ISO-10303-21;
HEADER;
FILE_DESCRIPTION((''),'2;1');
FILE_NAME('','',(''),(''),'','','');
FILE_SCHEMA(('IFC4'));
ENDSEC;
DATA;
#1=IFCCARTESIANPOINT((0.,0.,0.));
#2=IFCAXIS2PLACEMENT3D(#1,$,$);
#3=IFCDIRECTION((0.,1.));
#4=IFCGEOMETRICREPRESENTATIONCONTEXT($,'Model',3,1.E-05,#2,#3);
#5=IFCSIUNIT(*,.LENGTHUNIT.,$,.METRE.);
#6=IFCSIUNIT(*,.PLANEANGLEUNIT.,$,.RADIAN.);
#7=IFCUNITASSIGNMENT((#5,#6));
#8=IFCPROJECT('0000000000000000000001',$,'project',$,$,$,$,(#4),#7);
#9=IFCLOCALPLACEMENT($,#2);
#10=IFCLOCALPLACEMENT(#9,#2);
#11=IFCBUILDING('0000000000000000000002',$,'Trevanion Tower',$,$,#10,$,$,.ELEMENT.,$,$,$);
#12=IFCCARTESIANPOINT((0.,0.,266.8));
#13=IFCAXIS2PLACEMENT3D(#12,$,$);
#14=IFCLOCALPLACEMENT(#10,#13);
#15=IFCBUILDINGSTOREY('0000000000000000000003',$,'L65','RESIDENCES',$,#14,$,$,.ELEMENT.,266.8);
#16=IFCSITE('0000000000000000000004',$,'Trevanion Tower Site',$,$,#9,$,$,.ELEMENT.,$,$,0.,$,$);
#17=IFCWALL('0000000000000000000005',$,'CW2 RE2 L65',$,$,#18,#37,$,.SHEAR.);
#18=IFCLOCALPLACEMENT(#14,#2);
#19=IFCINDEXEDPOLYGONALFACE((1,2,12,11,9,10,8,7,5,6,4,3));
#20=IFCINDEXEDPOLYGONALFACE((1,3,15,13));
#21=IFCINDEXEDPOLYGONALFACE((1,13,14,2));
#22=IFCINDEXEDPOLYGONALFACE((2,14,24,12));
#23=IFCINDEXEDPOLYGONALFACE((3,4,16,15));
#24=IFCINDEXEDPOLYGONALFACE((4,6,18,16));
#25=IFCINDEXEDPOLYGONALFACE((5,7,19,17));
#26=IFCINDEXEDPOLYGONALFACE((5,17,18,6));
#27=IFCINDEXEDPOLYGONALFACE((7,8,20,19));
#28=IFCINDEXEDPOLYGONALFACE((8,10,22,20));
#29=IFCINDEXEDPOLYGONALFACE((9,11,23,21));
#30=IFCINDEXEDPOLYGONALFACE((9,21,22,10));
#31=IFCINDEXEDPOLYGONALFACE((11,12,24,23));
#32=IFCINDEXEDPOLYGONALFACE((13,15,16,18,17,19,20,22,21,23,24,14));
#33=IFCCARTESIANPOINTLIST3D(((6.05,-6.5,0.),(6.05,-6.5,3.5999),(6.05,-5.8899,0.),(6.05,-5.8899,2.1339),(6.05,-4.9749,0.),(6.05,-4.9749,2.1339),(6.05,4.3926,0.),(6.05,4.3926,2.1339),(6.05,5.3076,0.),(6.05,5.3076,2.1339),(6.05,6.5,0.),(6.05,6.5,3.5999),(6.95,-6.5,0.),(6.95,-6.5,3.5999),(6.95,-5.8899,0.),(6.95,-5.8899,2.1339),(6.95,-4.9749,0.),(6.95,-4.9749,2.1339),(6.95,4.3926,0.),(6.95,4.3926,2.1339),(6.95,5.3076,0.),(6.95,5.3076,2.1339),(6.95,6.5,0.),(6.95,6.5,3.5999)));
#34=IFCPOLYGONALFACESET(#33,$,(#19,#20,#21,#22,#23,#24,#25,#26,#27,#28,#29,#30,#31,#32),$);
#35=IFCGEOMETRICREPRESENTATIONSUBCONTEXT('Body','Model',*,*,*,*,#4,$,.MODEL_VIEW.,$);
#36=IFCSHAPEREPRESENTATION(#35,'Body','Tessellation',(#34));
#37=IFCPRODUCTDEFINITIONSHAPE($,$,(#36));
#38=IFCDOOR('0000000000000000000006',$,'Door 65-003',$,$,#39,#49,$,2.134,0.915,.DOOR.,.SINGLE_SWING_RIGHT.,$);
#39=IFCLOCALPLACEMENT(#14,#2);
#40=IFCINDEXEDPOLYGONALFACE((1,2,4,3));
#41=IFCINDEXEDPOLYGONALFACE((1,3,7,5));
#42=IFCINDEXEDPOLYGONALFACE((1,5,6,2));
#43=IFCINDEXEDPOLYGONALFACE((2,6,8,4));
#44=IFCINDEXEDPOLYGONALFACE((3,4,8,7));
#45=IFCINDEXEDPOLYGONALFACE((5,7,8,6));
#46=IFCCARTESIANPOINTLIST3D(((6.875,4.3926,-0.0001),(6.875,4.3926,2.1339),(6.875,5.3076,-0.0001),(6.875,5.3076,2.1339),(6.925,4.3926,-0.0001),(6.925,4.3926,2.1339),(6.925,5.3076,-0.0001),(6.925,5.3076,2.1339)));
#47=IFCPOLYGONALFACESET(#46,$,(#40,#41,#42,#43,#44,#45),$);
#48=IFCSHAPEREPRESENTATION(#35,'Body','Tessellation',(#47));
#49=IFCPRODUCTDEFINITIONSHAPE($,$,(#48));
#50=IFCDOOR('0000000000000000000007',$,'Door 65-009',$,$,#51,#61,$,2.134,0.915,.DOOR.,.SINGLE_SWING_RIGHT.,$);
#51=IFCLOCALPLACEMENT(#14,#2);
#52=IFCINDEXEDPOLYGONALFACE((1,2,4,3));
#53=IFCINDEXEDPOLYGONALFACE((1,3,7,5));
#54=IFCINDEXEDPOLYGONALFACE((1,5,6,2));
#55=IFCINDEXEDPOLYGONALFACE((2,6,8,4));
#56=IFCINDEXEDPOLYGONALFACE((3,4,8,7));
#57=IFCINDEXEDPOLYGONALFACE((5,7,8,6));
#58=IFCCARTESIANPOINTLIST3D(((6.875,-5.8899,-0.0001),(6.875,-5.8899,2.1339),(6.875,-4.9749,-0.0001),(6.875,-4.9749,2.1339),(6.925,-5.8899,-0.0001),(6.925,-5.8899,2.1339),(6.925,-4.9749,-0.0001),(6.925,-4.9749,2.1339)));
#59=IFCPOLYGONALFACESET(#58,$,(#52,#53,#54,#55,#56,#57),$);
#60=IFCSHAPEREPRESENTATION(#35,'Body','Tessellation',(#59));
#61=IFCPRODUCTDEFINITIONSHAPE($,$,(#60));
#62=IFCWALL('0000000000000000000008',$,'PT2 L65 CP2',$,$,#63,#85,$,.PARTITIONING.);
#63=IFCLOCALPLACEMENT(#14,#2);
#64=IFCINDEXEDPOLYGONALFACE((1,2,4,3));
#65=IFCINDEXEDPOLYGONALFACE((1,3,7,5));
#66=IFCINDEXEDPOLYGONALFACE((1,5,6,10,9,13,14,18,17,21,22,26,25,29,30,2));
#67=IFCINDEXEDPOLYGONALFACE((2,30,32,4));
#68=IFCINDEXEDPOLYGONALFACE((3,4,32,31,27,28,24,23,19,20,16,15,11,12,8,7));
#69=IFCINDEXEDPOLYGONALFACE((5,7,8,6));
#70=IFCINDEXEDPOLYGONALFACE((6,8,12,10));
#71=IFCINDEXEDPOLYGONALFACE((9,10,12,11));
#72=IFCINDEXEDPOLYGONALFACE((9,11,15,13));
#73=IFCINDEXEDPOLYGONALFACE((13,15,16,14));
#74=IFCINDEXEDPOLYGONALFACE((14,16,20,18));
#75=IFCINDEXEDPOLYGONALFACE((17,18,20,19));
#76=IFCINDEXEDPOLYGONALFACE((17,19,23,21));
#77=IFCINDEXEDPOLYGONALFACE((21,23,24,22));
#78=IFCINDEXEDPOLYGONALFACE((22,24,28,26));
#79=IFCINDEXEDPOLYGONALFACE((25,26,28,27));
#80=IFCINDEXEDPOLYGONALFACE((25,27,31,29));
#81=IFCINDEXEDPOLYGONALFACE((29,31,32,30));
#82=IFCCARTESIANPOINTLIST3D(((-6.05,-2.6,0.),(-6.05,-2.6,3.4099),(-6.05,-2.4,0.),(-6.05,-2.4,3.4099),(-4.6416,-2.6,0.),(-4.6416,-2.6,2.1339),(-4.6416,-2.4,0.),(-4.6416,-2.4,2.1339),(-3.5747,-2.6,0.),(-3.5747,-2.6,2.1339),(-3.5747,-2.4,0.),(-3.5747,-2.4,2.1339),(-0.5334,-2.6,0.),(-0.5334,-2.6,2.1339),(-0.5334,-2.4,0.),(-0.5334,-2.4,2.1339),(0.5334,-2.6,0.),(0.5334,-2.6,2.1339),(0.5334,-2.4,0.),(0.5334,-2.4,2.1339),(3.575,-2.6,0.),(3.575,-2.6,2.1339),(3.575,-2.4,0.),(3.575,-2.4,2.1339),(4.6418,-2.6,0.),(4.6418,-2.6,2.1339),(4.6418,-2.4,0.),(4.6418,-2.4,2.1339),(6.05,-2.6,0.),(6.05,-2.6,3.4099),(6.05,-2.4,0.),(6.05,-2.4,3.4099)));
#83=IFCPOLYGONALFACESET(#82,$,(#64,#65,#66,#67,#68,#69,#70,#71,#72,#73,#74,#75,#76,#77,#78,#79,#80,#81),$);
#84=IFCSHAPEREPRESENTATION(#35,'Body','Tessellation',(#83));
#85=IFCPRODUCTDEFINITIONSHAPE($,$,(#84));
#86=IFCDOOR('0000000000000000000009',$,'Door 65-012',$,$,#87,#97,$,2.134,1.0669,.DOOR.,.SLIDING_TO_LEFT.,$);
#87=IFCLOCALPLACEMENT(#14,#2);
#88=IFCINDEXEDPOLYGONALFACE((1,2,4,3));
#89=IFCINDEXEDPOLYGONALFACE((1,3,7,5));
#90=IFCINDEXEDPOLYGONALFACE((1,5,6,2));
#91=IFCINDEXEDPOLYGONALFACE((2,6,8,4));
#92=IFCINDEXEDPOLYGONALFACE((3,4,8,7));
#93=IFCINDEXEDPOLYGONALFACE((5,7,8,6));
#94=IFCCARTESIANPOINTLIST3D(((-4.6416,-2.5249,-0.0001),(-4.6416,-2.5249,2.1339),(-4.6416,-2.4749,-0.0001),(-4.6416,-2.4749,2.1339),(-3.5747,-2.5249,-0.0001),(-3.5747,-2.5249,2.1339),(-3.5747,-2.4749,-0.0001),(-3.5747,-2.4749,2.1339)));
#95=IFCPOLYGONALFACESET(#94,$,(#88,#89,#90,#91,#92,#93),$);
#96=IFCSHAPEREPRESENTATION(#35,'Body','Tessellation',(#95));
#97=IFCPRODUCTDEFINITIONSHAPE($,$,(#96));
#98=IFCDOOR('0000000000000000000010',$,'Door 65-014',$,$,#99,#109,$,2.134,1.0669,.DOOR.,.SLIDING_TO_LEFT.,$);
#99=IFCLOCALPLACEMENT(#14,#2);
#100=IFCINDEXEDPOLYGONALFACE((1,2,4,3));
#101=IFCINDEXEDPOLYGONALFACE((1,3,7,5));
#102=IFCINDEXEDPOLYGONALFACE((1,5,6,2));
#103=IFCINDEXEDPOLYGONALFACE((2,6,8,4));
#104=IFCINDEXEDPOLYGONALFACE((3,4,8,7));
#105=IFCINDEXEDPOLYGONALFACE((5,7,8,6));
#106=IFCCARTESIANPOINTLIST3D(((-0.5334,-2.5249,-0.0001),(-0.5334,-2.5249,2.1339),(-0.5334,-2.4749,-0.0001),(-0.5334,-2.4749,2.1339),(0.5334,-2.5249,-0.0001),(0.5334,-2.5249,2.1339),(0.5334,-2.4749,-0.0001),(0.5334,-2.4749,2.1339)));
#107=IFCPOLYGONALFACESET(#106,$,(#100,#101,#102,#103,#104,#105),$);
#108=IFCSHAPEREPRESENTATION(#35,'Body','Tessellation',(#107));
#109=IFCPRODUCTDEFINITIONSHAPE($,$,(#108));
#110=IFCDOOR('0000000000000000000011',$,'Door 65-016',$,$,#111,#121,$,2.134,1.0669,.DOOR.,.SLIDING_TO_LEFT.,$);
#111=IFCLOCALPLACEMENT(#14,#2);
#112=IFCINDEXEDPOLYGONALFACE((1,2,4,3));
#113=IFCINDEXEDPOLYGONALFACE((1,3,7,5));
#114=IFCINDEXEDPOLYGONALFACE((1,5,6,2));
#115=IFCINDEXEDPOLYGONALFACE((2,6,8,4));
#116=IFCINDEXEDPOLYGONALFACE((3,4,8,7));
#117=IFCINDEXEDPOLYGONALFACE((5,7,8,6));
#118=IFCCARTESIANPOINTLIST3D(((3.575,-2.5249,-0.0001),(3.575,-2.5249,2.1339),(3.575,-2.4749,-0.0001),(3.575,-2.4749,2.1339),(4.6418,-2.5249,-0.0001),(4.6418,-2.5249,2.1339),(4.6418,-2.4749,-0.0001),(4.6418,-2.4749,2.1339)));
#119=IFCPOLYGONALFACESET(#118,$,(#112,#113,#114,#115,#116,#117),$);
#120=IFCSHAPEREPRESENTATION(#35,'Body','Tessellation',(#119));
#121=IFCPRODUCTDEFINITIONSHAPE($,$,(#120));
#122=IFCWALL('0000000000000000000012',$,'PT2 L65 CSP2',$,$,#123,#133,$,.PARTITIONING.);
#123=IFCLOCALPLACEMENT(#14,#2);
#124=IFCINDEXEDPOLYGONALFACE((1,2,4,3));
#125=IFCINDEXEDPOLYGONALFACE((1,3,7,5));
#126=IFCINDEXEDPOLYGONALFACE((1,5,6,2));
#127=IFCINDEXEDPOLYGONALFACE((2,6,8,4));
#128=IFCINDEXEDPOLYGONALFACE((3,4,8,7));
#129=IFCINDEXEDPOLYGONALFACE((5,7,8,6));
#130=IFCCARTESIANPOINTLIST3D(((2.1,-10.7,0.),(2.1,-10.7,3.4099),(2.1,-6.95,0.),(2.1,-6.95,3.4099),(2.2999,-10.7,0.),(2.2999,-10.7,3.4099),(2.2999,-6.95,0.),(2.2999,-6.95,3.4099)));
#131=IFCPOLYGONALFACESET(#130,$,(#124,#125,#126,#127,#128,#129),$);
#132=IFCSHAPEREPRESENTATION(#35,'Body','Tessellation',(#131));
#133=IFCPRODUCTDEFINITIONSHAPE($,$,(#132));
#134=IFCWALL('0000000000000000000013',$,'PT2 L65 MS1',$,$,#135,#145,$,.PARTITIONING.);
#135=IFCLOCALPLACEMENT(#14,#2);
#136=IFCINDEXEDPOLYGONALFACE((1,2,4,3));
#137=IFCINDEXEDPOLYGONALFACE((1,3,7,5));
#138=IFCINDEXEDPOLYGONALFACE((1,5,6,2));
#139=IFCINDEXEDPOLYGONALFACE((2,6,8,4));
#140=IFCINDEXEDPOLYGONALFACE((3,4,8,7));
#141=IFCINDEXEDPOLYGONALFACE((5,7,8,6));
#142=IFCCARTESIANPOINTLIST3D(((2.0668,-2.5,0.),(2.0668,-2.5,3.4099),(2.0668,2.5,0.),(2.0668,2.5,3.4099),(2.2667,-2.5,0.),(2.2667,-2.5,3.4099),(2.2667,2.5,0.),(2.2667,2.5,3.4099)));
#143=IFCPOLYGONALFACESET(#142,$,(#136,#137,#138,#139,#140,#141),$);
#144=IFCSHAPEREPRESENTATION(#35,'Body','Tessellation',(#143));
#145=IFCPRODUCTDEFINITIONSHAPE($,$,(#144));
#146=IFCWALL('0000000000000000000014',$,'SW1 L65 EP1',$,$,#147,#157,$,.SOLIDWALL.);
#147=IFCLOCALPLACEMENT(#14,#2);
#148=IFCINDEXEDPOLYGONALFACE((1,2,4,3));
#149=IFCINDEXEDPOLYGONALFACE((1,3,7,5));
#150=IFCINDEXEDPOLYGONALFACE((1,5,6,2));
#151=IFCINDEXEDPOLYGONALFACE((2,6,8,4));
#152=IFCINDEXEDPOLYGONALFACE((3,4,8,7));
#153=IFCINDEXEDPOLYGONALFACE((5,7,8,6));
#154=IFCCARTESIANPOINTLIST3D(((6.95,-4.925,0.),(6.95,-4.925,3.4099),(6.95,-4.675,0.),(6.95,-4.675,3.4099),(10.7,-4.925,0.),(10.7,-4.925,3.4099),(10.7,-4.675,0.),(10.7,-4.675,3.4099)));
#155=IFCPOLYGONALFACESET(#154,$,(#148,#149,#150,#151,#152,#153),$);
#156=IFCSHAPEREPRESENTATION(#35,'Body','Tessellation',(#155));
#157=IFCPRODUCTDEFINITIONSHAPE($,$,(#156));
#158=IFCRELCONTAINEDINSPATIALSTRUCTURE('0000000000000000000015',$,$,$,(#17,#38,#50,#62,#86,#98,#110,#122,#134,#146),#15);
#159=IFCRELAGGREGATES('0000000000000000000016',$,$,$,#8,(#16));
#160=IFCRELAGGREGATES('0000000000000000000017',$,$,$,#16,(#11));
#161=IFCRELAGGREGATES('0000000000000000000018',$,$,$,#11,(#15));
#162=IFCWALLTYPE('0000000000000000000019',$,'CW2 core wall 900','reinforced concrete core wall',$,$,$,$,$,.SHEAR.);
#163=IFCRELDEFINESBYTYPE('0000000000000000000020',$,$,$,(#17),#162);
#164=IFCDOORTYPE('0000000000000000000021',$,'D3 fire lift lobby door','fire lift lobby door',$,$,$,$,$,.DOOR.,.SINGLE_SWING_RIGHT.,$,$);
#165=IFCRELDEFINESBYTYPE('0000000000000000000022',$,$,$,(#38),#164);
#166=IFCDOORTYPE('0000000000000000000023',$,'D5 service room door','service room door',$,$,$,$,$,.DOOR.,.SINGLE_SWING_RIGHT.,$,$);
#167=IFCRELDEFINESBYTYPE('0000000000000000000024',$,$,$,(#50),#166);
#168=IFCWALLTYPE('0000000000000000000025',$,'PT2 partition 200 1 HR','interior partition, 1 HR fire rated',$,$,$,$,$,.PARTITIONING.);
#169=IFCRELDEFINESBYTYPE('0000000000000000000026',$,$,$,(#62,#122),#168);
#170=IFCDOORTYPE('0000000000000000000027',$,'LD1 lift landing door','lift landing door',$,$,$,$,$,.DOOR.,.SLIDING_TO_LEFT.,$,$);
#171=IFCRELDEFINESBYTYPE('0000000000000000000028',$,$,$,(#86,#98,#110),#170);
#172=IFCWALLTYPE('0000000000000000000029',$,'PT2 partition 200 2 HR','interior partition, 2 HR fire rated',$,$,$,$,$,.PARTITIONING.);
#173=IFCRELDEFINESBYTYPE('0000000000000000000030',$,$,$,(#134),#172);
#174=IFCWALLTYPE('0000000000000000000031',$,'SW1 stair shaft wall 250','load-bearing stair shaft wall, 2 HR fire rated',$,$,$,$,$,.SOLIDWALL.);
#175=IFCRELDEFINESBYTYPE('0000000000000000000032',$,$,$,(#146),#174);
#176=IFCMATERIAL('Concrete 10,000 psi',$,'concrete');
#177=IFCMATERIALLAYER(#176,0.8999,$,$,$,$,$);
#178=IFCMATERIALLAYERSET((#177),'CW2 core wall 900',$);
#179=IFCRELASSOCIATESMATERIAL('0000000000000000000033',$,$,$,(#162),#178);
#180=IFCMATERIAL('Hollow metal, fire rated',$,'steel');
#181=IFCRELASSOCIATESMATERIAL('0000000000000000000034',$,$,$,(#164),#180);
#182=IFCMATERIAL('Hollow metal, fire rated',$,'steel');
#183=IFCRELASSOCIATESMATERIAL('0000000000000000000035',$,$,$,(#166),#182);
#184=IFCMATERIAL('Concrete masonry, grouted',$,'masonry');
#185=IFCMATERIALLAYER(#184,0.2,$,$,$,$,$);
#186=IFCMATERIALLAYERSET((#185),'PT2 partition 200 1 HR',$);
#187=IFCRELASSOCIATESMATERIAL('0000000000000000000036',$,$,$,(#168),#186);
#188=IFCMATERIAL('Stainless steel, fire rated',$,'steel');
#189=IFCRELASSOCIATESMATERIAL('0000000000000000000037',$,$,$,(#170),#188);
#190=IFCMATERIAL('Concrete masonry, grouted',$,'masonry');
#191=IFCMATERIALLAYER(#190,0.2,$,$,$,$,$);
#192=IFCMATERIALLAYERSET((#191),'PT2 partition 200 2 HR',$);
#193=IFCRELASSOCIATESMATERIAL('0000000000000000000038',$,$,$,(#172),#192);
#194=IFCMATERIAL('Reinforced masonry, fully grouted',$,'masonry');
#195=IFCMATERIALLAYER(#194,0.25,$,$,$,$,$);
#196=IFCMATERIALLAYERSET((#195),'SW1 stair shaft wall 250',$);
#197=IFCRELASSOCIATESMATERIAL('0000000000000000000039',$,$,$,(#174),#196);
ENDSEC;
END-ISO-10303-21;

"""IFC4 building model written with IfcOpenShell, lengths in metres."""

from ifc_helpers import new_model, si_unit, direction, frame, frame_2d, origin, place, context, subcontext, project, spatial, rectangle, extrude, material, layer, layer_set, type_object, element, fill, save


model = new_model("IFC4")

# Units and contexts
model_context = context("Model", 3, precision=1e-05, world=origin(), true_north=direction((0.0, 1.0)))
body_context = subcontext(model_context, "Body", "Model", "MODEL_VIEW")
ifc_project = project(units=[si_unit("LENGTHUNIT", "METRE"), si_unit("PLANEANGLEUNIT", "RADIAN")], contexts=[model_context])

# Site, building, storey
site_placement = place(None, origin())
site = spatial("IfcSite", under=ifc_project, at=site_placement, Name="Trevanion Tower Site", CompositionType="ELEMENT", RefElevation=0.0)
building_placement = place(site_placement, origin())
building = spatial("IfcBuilding", under=site, at=building_placement, Name="Trevanion Tower", CompositionType="ELEMENT")
storey_placement = place(building_placement, frame((0.0, 0.0, 266.8)))
storey = spatial("IfcBuildingStorey", under=building, at=storey_placement, Name="L65", Description="RESIDENCES", CompositionType="ELEMENT", Elevation=266.8)

# Walls, openings, doors
ifc_material_1 = material(Name="Concrete 10,000 psi", Category="concrete")
ifc_layer_1 = layer(ifc_material_1, 0.8999)
ifc_layer_set_1 = layer_set([ifc_layer_1], Name="CW2 core wall 900")
wall_type_1 = type_object("IfcWallType", Name="CW2 core wall 900", Description="reinforced concrete core wall", PredefinedType="SHEAR", material=ifc_layer_set_1)
wall_1_placement = place(storey_placement, frame((6.5, -6.5, 0.0), z_axis=(0.0, 0.0, 1.0), x_axis=(0.0, 1.0, 0.0)))
wall_1 = element("IfcWall", 1, at=wall_1_placement, inside=storey, type_object=wall_type_1, Name="CW2 RE2 L65", PredefinedType="SHEAR", context=body_context, shape_type="SweptSolid", body=[
    extrude(rectangle(XDim=13.0, YDim=0.8999, at=frame_2d((6.5, 0.0))), origin(), (0.0, 0.0, 1.0), 3.5999),
])
opening_1_placement = place(wall_1_placement, frame((10.8926, 0.0, 0.0)))
opening_1 = element("IfcOpeningElement", 2, at=opening_1_placement, cuts=wall_1, PredefinedType="OPENING", context=body_context, shape_type="SweptSolid", body=[
    extrude(rectangle(XDim=0.915, YDim=2.134, at=frame_2d((0.4575, 1.0669))), frame((0.0, 0.46, 0.0), z_axis=(0.0, -1.0, 0.0), x_axis=(1.0, 0.0, 0.0)), (0.0, 0.0, 1.0), 0.9199),
])
opening_2_placement = place(wall_1_placement, frame((0.6101, 0.0, 0.0)))
opening_2 = element("IfcOpeningElement", 3, at=opening_2_placement, cuts=wall_1, PredefinedType="OPENING", context=body_context, shape_type="SweptSolid", body=[
    extrude(rectangle(XDim=0.915, YDim=2.134, at=frame_2d((0.4575, 1.0669))), frame((0.0, 0.46, 0.0), z_axis=(0.0, -1.0, 0.0), x_axis=(1.0, 0.0, 0.0)), (0.0, 0.0, 1.0), 0.9199),
])
ifc_material_2 = material(Name="Hollow metal, fire rated", Category="steel")
door_type_1 = type_object("IfcDoorType", Name="D3 fire lift lobby door", Description="fire lift lobby door", OperationType="SINGLE_SWING_RIGHT", PredefinedType="DOOR", material=ifc_material_2)
door_1_placement = place(opening_1_placement, origin())
door_1 = element("IfcDoor", 4, at=door_1_placement, inside=storey, type_object=door_type_1, Name="Door 65-003", OperationType="SINGLE_SWING_RIGHT", OverallHeight=2.134, OverallWidth=0.915, PredefinedType="DOOR", context=body_context, shape_type="SweptSolid", body=[
    extrude(rectangle(XDim=0.915, YDim=2.134, at=frame_2d((0.4575, 1.0669))), frame((0.0, -0.375, 0.0), z_axis=(0.0, -1.0, 0.0), x_axis=(1.0, 0.0, 0.0)), (0.0, 0.0, 1.0), 0.05),
])
fill(opening_1, door_1)
ifc_material_3 = material(Name="Hollow metal, fire rated", Category="steel")
door_type_2 = type_object("IfcDoorType", Name="D5 service room door", Description="service room door", OperationType="SINGLE_SWING_RIGHT", PredefinedType="DOOR", material=ifc_material_3)
door_2_placement = place(opening_2_placement, origin())
door_2 = element("IfcDoor", 5, at=door_2_placement, inside=storey, type_object=door_type_2, Name="Door 65-009", OperationType="SINGLE_SWING_RIGHT", OverallHeight=2.134, OverallWidth=0.915, PredefinedType="DOOR", context=body_context, shape_type="SweptSolid", body=[
    extrude(rectangle(XDim=0.915, YDim=2.134, at=frame_2d((0.4575, 1.0669))), frame((0.0, -0.375, 0.0), z_axis=(0.0, -1.0, 0.0), x_axis=(1.0, 0.0, 0.0)), (0.0, 0.0, 1.0), 0.05),
])
fill(opening_2, door_2)
ifc_material_4 = material(Name="Concrete masonry, grouted", Category="masonry")
ifc_layer_2 = layer(ifc_material_4, 0.2)
ifc_layer_set_2 = layer_set([ifc_layer_2], Name="PT2 partition 200 1 HR")
wall_type_2 = type_object("IfcWallType", Name="PT2 partition 200 1 HR", Description="interior partition, 1 HR fire rated", PredefinedType="PARTITIONING", material=ifc_layer_set_2)
wall_2_placement = place(storey_placement, frame((6.05, -2.5, 0.0), z_axis=(0.0, 0.0, 1.0), x_axis=(-1.0, 0.0, 0.0)))
wall_2 = element("IfcWall", 6, at=wall_2_placement, inside=storey, type_object=wall_type_2, Name="PT2 L65 CP2", PredefinedType="PARTITIONING", context=body_context, shape_type="SweptSolid", body=[
    extrude(rectangle(XDim=12.1001, YDim=0.2, at=frame_2d((6.05, 0.0))), origin(), (0.0, 0.0, 1.0), 3.4099),
])
opening_3_placement = place(wall_2_placement, frame((9.6248, 0.0, 0.0)))
opening_3 = element("IfcOpeningElement", 7, at=opening_3_placement, cuts=wall_2, PredefinedType="OPENING", context=body_context, shape_type="SweptSolid", body=[
    extrude(rectangle(XDim=1.0669, YDim=2.134, at=frame_2d((0.5334, 1.0669))), frame((0.0, 0.1099, 0.0), z_axis=(0.0, -1.0, 0.0), x_axis=(1.0, 0.0, 0.0)), (0.0, 0.0, 1.0), 0.22),
])
opening_4_placement = place(wall_2_placement, frame((5.5166, 0.0, 0.0)))
opening_4 = element("IfcOpeningElement", 8, at=opening_4_placement, cuts=wall_2, PredefinedType="OPENING", context=body_context, shape_type="SweptSolid", body=[
    extrude(rectangle(XDim=1.0669, YDim=2.134, at=frame_2d((0.5334, 1.0669))), frame((0.0, 0.1099, 0.0), z_axis=(0.0, -1.0, 0.0), x_axis=(1.0, 0.0, 0.0)), (0.0, 0.0, 1.0), 0.22),
])
opening_5_placement = place(wall_2_placement, frame((1.4082, 0.0, 0.0)))
opening_5 = element("IfcOpeningElement", 9, at=opening_5_placement, cuts=wall_2, PredefinedType="OPENING", context=body_context, shape_type="SweptSolid", body=[
    extrude(rectangle(XDim=1.0669, YDim=2.134, at=frame_2d((0.5334, 1.0669))), frame((0.0, 0.1099, 0.0), z_axis=(0.0, -1.0, 0.0), x_axis=(1.0, 0.0, 0.0)), (0.0, 0.0, 1.0), 0.22),
])
ifc_material_5 = material(Name="Stainless steel, fire rated", Category="steel")
door_type_3 = type_object("IfcDoorType", Name="LD1 lift landing door", Description="lift landing door", OperationType="SLIDING_TO_LEFT", PredefinedType="DOOR", material=ifc_material_5)
door_3_placement = place(opening_3_placement, origin())
door_3 = element("IfcDoor", 10, at=door_3_placement, inside=storey, type_object=door_type_3, Name="Door 65-012", OperationType="SLIDING_TO_LEFT", OverallHeight=2.134, OverallWidth=1.0669, PredefinedType="DOOR", context=body_context, shape_type="SweptSolid", body=[
    extrude(rectangle(XDim=1.0669, YDim=2.134, at=frame_2d((0.5334, 1.0669))), frame((0.0, 0.0249, 0.0), z_axis=(0.0, -1.0, 0.0), x_axis=(1.0, 0.0, 0.0)), (0.0, 0.0, 1.0), 0.05),
])
fill(opening_3, door_3)
door_4_placement = place(opening_4_placement, origin())
door_4 = element("IfcDoor", 11, at=door_4_placement, inside=storey, type_object=door_type_3, Name="Door 65-014", OperationType="SLIDING_TO_LEFT", OverallHeight=2.134, OverallWidth=1.0669, PredefinedType="DOOR", context=body_context, shape_type="SweptSolid", body=[
    extrude(rectangle(XDim=1.0669, YDim=2.134, at=frame_2d((0.5334, 1.0669))), frame((0.0, 0.0249, 0.0), z_axis=(0.0, -1.0, 0.0), x_axis=(1.0, 0.0, 0.0)), (0.0, 0.0, 1.0), 0.05),
])
fill(opening_4, door_4)
door_5_placement = place(opening_5_placement, origin())
door_5 = element("IfcDoor", 12, at=door_5_placement, inside=storey, type_object=door_type_3, Name="Door 65-016", OperationType="SLIDING_TO_LEFT", OverallHeight=2.134, OverallWidth=1.0669, PredefinedType="DOOR", context=body_context, shape_type="SweptSolid", body=[
    extrude(rectangle(XDim=1.0669, YDim=2.134, at=frame_2d((0.5334, 1.0669))), frame((0.0, 0.0249, 0.0), z_axis=(0.0, -1.0, 0.0), x_axis=(1.0, 0.0, 0.0)), (0.0, 0.0, 1.0), 0.05),
])
fill(opening_5, door_5)

# Walls
wall_3_placement = place(storey_placement, frame((2.2, -6.95, 0.0), z_axis=(0.0, 0.0, 1.0), x_axis=(0.0, -1.0, 0.0)))
element("IfcWall", 13, at=wall_3_placement, inside=storey, type_object=wall_type_2, Name="PT2 L65 CSP2", PredefinedType="PARTITIONING", context=body_context, shape_type="SweptSolid", body=[
    extrude(rectangle(XDim=3.75, YDim=0.2, at=frame_2d((1.875, 0.0))), origin(), (0.0, 0.0, 1.0), 3.4099),
])
ifc_material_6 = material(Name="Concrete masonry, grouted", Category="masonry")
ifc_layer_3 = layer(ifc_material_6, 0.2)
ifc_layer_set_3 = layer_set([ifc_layer_3], Name="PT2 partition 200 2 HR")
wall_type_3 = type_object("IfcWallType", Name="PT2 partition 200 2 HR", Description="interior partition, 2 HR fire rated", PredefinedType="PARTITIONING", material=ifc_layer_set_3)
wall_4_placement = place(storey_placement, frame((2.1667, -2.5, 0.0), z_axis=(0.0, 0.0, 1.0), x_axis=(0.0, 1.0, 0.0)))
element("IfcWall", 14, at=wall_4_placement, inside=storey, type_object=wall_type_3, Name="PT2 L65 MS1", PredefinedType="PARTITIONING", context=body_context, shape_type="SweptSolid", body=[
    extrude(rectangle(XDim=5.0, YDim=0.2, at=frame_2d((2.5, 0.0))), origin(), (0.0, 0.0, 1.0), 3.4099),
])
ifc_material_7 = material(Name="Reinforced masonry, fully grouted", Category="masonry")
ifc_layer_4 = layer(ifc_material_7, 0.25)
ifc_layer_set_4 = layer_set([ifc_layer_4], Name="SW1 stair shaft wall 250")
wall_type_4 = type_object("IfcWallType", Name="SW1 stair shaft wall 250", Description="load-bearing stair shaft wall, 2 HR fire rated", PredefinedType="SOLIDWALL", material=ifc_layer_set_4)
wall_5_placement = place(storey_placement, frame((6.95, -4.8, 0.0), z_axis=(0.0, 0.0, 1.0), x_axis=(1.0, 0.0, 0.0)))
element("IfcWall", 15, at=wall_5_placement, inside=storey, type_object=wall_type_4, Name="SW1 L65 EP1", PredefinedType="SOLIDWALL", context=body_context, shape_type="SweptSolid", body=[
    extrude(rectangle(XDim=3.75, YDim=0.25, at=frame_2d((1.875, 0.0))), origin(), (0.0, 0.0, 1.0), 3.4099),
])

save(model, "model.ifc")
